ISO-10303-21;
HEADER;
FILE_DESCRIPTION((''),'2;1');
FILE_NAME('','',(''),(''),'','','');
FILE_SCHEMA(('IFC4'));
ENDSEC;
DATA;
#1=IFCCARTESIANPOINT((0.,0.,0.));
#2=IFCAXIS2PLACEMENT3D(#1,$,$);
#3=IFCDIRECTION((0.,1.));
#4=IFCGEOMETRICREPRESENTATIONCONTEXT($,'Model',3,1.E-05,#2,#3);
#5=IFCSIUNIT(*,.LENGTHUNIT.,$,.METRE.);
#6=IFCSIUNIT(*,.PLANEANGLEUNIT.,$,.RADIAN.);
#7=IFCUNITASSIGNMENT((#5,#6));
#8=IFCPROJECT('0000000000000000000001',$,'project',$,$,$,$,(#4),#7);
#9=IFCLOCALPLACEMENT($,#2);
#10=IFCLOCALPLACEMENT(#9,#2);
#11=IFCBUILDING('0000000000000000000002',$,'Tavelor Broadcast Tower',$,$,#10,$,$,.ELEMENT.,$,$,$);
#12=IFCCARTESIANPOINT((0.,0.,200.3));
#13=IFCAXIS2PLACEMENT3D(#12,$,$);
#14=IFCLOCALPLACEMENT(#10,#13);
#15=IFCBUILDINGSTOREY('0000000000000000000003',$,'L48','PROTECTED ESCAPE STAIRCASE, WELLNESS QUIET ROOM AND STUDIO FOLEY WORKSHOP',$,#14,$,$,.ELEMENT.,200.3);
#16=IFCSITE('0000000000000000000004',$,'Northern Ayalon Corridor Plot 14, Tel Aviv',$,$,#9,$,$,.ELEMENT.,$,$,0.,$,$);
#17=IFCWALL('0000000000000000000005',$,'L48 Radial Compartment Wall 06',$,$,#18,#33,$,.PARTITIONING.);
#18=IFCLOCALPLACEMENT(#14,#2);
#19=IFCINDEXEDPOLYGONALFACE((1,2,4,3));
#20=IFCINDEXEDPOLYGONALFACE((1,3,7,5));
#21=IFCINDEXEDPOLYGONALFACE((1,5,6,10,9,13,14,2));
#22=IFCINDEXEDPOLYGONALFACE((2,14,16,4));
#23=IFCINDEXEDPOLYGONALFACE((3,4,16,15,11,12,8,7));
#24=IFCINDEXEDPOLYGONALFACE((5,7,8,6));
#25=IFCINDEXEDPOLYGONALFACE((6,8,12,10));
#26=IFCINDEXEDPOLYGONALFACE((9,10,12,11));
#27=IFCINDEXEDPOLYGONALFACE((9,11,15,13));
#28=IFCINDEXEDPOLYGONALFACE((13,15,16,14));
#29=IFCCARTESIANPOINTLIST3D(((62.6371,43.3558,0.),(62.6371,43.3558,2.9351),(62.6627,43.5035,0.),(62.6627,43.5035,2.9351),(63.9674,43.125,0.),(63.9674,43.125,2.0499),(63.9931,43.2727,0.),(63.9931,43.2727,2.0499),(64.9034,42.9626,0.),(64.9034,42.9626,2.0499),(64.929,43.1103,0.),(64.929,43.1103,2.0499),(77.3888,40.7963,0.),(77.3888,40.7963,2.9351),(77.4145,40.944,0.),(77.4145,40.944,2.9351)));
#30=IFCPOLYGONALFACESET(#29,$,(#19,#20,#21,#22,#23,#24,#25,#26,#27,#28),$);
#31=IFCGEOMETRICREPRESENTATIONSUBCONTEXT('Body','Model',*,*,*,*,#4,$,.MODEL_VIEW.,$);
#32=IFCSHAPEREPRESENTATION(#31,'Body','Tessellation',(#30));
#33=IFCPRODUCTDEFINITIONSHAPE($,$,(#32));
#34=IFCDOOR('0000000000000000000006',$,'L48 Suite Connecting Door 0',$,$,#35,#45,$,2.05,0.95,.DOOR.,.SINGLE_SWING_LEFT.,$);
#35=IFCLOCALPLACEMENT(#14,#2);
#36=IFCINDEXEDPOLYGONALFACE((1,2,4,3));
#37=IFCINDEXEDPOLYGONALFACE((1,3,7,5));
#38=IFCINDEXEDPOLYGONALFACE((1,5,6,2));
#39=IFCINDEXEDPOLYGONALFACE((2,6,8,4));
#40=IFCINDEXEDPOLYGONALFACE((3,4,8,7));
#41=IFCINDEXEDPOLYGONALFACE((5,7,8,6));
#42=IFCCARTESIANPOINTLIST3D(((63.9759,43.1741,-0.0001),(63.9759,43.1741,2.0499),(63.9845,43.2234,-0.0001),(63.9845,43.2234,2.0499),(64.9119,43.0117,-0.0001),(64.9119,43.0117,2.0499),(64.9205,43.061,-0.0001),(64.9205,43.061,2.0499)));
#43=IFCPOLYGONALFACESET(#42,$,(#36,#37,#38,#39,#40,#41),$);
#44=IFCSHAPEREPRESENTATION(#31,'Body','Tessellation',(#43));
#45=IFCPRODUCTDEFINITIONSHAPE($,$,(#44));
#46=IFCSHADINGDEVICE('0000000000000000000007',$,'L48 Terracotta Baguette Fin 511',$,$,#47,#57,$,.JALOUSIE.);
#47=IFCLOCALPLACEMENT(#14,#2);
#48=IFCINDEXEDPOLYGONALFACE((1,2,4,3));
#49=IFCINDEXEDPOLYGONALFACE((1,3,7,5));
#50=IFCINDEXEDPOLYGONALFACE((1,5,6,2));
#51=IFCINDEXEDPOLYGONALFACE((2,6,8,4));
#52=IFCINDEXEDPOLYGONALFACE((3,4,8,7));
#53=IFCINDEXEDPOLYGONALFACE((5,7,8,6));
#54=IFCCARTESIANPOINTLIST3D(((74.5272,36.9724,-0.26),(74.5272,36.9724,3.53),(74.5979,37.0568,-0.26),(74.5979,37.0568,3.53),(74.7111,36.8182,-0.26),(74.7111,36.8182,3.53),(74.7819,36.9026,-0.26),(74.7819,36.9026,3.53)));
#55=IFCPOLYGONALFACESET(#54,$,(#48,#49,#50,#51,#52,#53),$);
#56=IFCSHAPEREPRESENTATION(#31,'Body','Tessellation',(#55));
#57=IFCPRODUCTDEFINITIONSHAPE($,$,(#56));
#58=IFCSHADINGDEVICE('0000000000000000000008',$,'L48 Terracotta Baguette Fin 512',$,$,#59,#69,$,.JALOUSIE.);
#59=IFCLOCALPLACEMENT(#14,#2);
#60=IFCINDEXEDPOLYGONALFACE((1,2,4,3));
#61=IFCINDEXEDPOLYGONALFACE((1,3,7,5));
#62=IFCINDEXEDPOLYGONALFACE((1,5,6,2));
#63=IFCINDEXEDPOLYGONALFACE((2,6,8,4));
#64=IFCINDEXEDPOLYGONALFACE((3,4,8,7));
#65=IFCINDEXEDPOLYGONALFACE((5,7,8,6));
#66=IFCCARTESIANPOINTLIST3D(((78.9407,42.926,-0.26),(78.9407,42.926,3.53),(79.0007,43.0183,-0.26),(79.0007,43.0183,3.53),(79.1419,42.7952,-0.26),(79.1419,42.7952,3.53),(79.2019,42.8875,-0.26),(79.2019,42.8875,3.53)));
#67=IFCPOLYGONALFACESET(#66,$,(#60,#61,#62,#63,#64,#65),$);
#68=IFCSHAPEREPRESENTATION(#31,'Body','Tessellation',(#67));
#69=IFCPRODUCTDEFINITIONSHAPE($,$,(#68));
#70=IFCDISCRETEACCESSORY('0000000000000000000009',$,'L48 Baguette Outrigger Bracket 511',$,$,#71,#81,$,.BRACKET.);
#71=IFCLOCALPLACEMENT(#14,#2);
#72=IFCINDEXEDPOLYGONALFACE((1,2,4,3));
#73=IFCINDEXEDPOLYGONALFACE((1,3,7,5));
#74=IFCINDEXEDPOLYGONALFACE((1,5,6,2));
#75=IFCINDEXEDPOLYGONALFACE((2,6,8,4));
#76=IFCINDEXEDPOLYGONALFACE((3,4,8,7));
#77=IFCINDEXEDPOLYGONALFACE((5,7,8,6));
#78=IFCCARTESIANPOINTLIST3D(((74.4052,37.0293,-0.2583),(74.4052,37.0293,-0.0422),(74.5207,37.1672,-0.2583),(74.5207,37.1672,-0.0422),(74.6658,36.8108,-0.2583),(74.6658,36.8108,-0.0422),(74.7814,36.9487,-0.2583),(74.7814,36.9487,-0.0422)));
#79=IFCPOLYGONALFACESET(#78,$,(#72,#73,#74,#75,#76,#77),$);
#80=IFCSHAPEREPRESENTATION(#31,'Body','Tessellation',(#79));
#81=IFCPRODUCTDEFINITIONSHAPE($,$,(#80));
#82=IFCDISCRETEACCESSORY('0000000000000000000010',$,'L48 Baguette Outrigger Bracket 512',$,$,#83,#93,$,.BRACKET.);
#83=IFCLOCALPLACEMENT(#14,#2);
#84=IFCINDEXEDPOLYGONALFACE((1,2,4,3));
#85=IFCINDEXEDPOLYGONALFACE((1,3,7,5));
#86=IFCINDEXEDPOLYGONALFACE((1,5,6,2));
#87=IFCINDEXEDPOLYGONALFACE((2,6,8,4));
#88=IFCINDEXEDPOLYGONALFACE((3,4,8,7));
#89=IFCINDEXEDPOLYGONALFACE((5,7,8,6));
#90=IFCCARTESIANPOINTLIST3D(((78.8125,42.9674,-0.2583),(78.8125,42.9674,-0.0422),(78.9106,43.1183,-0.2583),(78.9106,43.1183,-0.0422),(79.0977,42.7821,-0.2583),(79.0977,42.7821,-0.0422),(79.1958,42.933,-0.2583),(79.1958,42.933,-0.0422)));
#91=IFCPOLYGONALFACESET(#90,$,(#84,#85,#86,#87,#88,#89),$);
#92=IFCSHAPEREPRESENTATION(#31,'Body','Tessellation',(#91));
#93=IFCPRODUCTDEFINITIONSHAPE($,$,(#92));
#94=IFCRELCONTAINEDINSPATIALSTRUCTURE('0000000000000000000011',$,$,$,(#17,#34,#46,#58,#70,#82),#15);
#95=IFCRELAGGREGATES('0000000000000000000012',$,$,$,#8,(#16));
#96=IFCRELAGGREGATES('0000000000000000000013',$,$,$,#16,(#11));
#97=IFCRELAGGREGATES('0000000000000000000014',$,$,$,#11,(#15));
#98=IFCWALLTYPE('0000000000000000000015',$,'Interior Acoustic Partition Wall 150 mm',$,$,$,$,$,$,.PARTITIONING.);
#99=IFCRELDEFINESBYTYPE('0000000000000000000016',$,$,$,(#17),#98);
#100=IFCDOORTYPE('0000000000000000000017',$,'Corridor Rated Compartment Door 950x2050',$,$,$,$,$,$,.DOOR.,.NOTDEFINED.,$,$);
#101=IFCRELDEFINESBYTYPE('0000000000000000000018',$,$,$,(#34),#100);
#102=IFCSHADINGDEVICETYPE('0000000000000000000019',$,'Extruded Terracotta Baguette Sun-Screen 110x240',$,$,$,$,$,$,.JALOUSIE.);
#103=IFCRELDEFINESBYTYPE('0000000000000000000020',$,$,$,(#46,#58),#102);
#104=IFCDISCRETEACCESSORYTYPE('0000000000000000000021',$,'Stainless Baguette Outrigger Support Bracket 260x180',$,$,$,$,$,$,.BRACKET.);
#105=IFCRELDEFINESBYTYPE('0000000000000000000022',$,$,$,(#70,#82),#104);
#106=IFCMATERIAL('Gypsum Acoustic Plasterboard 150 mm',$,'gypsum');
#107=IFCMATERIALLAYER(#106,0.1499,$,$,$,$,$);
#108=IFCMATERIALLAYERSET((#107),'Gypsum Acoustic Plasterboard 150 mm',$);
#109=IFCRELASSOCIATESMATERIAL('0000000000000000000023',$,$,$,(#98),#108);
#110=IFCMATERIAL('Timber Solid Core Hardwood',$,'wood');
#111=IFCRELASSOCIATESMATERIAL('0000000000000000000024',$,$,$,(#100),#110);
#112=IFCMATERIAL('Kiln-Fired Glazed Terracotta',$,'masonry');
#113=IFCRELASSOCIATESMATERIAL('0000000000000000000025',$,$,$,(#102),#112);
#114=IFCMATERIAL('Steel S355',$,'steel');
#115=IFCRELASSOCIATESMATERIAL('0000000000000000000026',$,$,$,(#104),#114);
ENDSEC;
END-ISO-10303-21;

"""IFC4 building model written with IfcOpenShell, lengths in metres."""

from ifc_helpers import new_model, si_unit, direction, frame, frame_2d, origin, origin_2d, place, context, subcontext, project, spatial, rectangle, extrude, source, transform, mapped, material, layer, layer_set, type_object, type_shapes, element, fill, save


model = new_model("IFC4")

# Units and contexts
model_context = context("Model", 3, precision=1e-05, world=origin(), true_north=direction((0.0, 1.0)))
body_context = subcontext(model_context, "Body", "Model", "MODEL_VIEW")
ifc_project = project(units=[si_unit("LENGTHUNIT", "METRE"), si_unit("PLANEANGLEUNIT", "RADIAN")], contexts=[model_context])

# Site, building, storey
site_placement = place(None, origin())
site = spatial("IfcSite", under=ifc_project, at=site_placement, Name="Northern Ayalon Corridor Plot 14, Tel Aviv", CompositionType="ELEMENT", RefElevation=0.0)
building_placement = place(site_placement, origin())
building = spatial("IfcBuilding", under=site, at=building_placement, Name="Tavelor Broadcast Tower", CompositionType="ELEMENT")
storey_placement = place(building_placement, frame((0.0, 0.0, 200.3)))
storey = spatial("IfcBuildingStorey", under=building, at=storey_placement, Name="L48", Description="PROTECTED ESCAPE STAIRCASE, WELLNESS QUIET ROOM AND STUDIO FOLEY WORKSHOP", CompositionType="ELEMENT", Elevation=200.3)

# Shared definitions
ifc_material_1 = material(Name="Steel S355", Category="steel")

# Shared definitions
ifc_material_2 = material(Name="Gypsum Acoustic Plasterboard 150 mm", Category="gypsum")
ifc_layer_1 = layer(ifc_material_2, 0.1499)
ifc_layer_set_1 = layer_set([ifc_layer_1], Name="Gypsum Acoustic Plasterboard 150 mm")
wall_type = type_object("IfcWallType", Name="Interior Acoustic Partition Wall 150 mm", PredefinedType="PARTITIONING", material=ifc_layer_set_1)

# Wall, opening, door
wall_1_placement = place(storey_placement, frame((62.6499, 43.4297, 0.0), z_axis=(0.0, 0.0, 1.0), x_axis=(0.985279, -0.170956, 0.0)))
wall_1 = element("IfcWall", 1, at=wall_1_placement, inside=storey, type_object=wall_type, Name="L48 Radial Compartment Wall 06", PredefinedType="PARTITIONING", context=body_context, shape_type="SweptSolid", body=[
    extrude(rectangle(XDim=14.9722, YDim=0.1499, at=frame_2d((7.4861, 0.0))), origin(), (0.0, 0.0, 1.0), 2.9351),
])
opening_placement = place(wall_1_placement, frame((1.3501, 0.0, 0.0)))
opening = element("IfcOpeningElement", 2, at=opening_placement, cuts=wall_1, PredefinedType="OPENING", context=body_context, shape_type="SweptSolid", body=[
    extrude(rectangle(XDim=0.95, YDim=2.05, at=frame_2d((0.4751, 1.0249))), frame((0.0, 0.085, 0.0), z_axis=(0.0, -1.0, 0.0), x_axis=(1.0, 0.0, 0.0)), (0.0, 0.0, 1.0), 0.1699),
])
ifc_material_3 = material(Name="Timber Solid Core Hardwood", Category="wood")
door_type = type_object("IfcDoorType", Name="Corridor Rated Compartment Door 950x2050", OperationType="NOTDEFINED", PredefinedType="DOOR", material=ifc_material_3)
door_placement = place(opening_placement, origin())
door = element("IfcDoor", 3, at=door_placement, inside=storey, type_object=door_type, Name="L48 Suite Connecting Door 0", OperationType="SINGLE_SWING_LEFT", OverallHeight=2.05, OverallWidth=0.95, PredefinedType="DOOR", context=body_context, shape_type="SweptSolid", body=[
    extrude(rectangle(XDim=0.95, YDim=2.05, at=frame_2d((0.4751, 1.0249))), frame((0.0, 0.0249, 0.0), z_axis=(0.0, -1.0, 0.0), x_axis=(1.0, 0.0, 0.0)), (0.0, 0.0, 1.0), 0.05),
])
fill(opening, door)

# Shading devices
ifc_material_4 = material(Name="Kiln-Fired Glazed Terracotta", Category="masonry")
shading_device_type = type_object("IfcShadingDeviceType", Name="Extruded Terracotta Baguette Sun-Screen 110x240", PredefinedType="JALOUSIE", material=ifc_material_4)
shared_shape_1 = source(origin(), body_context, "Body", "SweptSolid", [
    extrude(rectangle(XDim=0.1101, YDim=0.24, at=origin_2d()), origin(), (0.0, 0.0, 1.0), 3.79),
])
type_shapes(shading_device_type, [shared_shape_1])
for number, where, z_axis, x_axis, name in (
    (4, (74.6545, 36.9375, -0.26), (0.0, 0.0, 1.0), (0.642386, 0.766381, 0.0), "L48 Terracotta Baguette Fin 511"),
    (5, (79.0713, 42.9067, -0.26), (0.0, 0.0, 1.0), (0.544932, 0.83848, 0.0), "L48 Terracotta Baguette Fin 512"),
):
    element("IfcShadingDevice", number, at=place(storey_placement, frame(where, z_axis=z_axis, x_axis=x_axis)), inside=storey, type_object=shading_device_type, Name=name, PredefinedType="JALOUSIE", context=body_context, shape_type="MappedRepresentation", body=[
        mapped(shared_shape_1, transform((0.0, 0.0, 0.0), scale=1.0)),
    ])

# Discrete accessories
discrete_accessory_type = type_object("IfcDiscreteAccessoryType", Name="Stainless Baguette Outrigger Support Bracket 260x180", PredefinedType="BRACKET", material=ifc_material_1)
shared_shape_2 = source(origin(), body_context, "Body", "SweptSolid", [
    extrude(rectangle(XDim=0.1799, YDim=0.3401, at=origin_2d()), origin(), (0.0, 0.0, 1.0), 0.2161),
])
type_shapes(discrete_accessory_type, [shared_shape_2])
for number, where, z_axis, x_axis, name in (
    (6, (74.5933, 36.989, -0.2583), (0.0, 0.0, 1.0), (0.642386, 0.766381, 0.0), "L48 Baguette Outrigger Bracket 511"),
    (7, (79.0042, 42.9502, -0.2583), (0.0, 0.0, 1.0), (0.544932, 0.83848, 0.0), "L48 Baguette Outrigger Bracket 512"),
):
    element("IfcDiscreteAccessory", number, at=place(storey_placement, frame(where, z_axis=z_axis, x_axis=x_axis)), inside=storey, type_object=discrete_accessory_type, Name=name, PredefinedType="BRACKET", context=body_context, shape_type="MappedRepresentation", body=[
        mapped(shared_shape_2, transform((0.0, 0.0, 0.0), scale=1.0)),
    ])

save(model, "model.ifc")
